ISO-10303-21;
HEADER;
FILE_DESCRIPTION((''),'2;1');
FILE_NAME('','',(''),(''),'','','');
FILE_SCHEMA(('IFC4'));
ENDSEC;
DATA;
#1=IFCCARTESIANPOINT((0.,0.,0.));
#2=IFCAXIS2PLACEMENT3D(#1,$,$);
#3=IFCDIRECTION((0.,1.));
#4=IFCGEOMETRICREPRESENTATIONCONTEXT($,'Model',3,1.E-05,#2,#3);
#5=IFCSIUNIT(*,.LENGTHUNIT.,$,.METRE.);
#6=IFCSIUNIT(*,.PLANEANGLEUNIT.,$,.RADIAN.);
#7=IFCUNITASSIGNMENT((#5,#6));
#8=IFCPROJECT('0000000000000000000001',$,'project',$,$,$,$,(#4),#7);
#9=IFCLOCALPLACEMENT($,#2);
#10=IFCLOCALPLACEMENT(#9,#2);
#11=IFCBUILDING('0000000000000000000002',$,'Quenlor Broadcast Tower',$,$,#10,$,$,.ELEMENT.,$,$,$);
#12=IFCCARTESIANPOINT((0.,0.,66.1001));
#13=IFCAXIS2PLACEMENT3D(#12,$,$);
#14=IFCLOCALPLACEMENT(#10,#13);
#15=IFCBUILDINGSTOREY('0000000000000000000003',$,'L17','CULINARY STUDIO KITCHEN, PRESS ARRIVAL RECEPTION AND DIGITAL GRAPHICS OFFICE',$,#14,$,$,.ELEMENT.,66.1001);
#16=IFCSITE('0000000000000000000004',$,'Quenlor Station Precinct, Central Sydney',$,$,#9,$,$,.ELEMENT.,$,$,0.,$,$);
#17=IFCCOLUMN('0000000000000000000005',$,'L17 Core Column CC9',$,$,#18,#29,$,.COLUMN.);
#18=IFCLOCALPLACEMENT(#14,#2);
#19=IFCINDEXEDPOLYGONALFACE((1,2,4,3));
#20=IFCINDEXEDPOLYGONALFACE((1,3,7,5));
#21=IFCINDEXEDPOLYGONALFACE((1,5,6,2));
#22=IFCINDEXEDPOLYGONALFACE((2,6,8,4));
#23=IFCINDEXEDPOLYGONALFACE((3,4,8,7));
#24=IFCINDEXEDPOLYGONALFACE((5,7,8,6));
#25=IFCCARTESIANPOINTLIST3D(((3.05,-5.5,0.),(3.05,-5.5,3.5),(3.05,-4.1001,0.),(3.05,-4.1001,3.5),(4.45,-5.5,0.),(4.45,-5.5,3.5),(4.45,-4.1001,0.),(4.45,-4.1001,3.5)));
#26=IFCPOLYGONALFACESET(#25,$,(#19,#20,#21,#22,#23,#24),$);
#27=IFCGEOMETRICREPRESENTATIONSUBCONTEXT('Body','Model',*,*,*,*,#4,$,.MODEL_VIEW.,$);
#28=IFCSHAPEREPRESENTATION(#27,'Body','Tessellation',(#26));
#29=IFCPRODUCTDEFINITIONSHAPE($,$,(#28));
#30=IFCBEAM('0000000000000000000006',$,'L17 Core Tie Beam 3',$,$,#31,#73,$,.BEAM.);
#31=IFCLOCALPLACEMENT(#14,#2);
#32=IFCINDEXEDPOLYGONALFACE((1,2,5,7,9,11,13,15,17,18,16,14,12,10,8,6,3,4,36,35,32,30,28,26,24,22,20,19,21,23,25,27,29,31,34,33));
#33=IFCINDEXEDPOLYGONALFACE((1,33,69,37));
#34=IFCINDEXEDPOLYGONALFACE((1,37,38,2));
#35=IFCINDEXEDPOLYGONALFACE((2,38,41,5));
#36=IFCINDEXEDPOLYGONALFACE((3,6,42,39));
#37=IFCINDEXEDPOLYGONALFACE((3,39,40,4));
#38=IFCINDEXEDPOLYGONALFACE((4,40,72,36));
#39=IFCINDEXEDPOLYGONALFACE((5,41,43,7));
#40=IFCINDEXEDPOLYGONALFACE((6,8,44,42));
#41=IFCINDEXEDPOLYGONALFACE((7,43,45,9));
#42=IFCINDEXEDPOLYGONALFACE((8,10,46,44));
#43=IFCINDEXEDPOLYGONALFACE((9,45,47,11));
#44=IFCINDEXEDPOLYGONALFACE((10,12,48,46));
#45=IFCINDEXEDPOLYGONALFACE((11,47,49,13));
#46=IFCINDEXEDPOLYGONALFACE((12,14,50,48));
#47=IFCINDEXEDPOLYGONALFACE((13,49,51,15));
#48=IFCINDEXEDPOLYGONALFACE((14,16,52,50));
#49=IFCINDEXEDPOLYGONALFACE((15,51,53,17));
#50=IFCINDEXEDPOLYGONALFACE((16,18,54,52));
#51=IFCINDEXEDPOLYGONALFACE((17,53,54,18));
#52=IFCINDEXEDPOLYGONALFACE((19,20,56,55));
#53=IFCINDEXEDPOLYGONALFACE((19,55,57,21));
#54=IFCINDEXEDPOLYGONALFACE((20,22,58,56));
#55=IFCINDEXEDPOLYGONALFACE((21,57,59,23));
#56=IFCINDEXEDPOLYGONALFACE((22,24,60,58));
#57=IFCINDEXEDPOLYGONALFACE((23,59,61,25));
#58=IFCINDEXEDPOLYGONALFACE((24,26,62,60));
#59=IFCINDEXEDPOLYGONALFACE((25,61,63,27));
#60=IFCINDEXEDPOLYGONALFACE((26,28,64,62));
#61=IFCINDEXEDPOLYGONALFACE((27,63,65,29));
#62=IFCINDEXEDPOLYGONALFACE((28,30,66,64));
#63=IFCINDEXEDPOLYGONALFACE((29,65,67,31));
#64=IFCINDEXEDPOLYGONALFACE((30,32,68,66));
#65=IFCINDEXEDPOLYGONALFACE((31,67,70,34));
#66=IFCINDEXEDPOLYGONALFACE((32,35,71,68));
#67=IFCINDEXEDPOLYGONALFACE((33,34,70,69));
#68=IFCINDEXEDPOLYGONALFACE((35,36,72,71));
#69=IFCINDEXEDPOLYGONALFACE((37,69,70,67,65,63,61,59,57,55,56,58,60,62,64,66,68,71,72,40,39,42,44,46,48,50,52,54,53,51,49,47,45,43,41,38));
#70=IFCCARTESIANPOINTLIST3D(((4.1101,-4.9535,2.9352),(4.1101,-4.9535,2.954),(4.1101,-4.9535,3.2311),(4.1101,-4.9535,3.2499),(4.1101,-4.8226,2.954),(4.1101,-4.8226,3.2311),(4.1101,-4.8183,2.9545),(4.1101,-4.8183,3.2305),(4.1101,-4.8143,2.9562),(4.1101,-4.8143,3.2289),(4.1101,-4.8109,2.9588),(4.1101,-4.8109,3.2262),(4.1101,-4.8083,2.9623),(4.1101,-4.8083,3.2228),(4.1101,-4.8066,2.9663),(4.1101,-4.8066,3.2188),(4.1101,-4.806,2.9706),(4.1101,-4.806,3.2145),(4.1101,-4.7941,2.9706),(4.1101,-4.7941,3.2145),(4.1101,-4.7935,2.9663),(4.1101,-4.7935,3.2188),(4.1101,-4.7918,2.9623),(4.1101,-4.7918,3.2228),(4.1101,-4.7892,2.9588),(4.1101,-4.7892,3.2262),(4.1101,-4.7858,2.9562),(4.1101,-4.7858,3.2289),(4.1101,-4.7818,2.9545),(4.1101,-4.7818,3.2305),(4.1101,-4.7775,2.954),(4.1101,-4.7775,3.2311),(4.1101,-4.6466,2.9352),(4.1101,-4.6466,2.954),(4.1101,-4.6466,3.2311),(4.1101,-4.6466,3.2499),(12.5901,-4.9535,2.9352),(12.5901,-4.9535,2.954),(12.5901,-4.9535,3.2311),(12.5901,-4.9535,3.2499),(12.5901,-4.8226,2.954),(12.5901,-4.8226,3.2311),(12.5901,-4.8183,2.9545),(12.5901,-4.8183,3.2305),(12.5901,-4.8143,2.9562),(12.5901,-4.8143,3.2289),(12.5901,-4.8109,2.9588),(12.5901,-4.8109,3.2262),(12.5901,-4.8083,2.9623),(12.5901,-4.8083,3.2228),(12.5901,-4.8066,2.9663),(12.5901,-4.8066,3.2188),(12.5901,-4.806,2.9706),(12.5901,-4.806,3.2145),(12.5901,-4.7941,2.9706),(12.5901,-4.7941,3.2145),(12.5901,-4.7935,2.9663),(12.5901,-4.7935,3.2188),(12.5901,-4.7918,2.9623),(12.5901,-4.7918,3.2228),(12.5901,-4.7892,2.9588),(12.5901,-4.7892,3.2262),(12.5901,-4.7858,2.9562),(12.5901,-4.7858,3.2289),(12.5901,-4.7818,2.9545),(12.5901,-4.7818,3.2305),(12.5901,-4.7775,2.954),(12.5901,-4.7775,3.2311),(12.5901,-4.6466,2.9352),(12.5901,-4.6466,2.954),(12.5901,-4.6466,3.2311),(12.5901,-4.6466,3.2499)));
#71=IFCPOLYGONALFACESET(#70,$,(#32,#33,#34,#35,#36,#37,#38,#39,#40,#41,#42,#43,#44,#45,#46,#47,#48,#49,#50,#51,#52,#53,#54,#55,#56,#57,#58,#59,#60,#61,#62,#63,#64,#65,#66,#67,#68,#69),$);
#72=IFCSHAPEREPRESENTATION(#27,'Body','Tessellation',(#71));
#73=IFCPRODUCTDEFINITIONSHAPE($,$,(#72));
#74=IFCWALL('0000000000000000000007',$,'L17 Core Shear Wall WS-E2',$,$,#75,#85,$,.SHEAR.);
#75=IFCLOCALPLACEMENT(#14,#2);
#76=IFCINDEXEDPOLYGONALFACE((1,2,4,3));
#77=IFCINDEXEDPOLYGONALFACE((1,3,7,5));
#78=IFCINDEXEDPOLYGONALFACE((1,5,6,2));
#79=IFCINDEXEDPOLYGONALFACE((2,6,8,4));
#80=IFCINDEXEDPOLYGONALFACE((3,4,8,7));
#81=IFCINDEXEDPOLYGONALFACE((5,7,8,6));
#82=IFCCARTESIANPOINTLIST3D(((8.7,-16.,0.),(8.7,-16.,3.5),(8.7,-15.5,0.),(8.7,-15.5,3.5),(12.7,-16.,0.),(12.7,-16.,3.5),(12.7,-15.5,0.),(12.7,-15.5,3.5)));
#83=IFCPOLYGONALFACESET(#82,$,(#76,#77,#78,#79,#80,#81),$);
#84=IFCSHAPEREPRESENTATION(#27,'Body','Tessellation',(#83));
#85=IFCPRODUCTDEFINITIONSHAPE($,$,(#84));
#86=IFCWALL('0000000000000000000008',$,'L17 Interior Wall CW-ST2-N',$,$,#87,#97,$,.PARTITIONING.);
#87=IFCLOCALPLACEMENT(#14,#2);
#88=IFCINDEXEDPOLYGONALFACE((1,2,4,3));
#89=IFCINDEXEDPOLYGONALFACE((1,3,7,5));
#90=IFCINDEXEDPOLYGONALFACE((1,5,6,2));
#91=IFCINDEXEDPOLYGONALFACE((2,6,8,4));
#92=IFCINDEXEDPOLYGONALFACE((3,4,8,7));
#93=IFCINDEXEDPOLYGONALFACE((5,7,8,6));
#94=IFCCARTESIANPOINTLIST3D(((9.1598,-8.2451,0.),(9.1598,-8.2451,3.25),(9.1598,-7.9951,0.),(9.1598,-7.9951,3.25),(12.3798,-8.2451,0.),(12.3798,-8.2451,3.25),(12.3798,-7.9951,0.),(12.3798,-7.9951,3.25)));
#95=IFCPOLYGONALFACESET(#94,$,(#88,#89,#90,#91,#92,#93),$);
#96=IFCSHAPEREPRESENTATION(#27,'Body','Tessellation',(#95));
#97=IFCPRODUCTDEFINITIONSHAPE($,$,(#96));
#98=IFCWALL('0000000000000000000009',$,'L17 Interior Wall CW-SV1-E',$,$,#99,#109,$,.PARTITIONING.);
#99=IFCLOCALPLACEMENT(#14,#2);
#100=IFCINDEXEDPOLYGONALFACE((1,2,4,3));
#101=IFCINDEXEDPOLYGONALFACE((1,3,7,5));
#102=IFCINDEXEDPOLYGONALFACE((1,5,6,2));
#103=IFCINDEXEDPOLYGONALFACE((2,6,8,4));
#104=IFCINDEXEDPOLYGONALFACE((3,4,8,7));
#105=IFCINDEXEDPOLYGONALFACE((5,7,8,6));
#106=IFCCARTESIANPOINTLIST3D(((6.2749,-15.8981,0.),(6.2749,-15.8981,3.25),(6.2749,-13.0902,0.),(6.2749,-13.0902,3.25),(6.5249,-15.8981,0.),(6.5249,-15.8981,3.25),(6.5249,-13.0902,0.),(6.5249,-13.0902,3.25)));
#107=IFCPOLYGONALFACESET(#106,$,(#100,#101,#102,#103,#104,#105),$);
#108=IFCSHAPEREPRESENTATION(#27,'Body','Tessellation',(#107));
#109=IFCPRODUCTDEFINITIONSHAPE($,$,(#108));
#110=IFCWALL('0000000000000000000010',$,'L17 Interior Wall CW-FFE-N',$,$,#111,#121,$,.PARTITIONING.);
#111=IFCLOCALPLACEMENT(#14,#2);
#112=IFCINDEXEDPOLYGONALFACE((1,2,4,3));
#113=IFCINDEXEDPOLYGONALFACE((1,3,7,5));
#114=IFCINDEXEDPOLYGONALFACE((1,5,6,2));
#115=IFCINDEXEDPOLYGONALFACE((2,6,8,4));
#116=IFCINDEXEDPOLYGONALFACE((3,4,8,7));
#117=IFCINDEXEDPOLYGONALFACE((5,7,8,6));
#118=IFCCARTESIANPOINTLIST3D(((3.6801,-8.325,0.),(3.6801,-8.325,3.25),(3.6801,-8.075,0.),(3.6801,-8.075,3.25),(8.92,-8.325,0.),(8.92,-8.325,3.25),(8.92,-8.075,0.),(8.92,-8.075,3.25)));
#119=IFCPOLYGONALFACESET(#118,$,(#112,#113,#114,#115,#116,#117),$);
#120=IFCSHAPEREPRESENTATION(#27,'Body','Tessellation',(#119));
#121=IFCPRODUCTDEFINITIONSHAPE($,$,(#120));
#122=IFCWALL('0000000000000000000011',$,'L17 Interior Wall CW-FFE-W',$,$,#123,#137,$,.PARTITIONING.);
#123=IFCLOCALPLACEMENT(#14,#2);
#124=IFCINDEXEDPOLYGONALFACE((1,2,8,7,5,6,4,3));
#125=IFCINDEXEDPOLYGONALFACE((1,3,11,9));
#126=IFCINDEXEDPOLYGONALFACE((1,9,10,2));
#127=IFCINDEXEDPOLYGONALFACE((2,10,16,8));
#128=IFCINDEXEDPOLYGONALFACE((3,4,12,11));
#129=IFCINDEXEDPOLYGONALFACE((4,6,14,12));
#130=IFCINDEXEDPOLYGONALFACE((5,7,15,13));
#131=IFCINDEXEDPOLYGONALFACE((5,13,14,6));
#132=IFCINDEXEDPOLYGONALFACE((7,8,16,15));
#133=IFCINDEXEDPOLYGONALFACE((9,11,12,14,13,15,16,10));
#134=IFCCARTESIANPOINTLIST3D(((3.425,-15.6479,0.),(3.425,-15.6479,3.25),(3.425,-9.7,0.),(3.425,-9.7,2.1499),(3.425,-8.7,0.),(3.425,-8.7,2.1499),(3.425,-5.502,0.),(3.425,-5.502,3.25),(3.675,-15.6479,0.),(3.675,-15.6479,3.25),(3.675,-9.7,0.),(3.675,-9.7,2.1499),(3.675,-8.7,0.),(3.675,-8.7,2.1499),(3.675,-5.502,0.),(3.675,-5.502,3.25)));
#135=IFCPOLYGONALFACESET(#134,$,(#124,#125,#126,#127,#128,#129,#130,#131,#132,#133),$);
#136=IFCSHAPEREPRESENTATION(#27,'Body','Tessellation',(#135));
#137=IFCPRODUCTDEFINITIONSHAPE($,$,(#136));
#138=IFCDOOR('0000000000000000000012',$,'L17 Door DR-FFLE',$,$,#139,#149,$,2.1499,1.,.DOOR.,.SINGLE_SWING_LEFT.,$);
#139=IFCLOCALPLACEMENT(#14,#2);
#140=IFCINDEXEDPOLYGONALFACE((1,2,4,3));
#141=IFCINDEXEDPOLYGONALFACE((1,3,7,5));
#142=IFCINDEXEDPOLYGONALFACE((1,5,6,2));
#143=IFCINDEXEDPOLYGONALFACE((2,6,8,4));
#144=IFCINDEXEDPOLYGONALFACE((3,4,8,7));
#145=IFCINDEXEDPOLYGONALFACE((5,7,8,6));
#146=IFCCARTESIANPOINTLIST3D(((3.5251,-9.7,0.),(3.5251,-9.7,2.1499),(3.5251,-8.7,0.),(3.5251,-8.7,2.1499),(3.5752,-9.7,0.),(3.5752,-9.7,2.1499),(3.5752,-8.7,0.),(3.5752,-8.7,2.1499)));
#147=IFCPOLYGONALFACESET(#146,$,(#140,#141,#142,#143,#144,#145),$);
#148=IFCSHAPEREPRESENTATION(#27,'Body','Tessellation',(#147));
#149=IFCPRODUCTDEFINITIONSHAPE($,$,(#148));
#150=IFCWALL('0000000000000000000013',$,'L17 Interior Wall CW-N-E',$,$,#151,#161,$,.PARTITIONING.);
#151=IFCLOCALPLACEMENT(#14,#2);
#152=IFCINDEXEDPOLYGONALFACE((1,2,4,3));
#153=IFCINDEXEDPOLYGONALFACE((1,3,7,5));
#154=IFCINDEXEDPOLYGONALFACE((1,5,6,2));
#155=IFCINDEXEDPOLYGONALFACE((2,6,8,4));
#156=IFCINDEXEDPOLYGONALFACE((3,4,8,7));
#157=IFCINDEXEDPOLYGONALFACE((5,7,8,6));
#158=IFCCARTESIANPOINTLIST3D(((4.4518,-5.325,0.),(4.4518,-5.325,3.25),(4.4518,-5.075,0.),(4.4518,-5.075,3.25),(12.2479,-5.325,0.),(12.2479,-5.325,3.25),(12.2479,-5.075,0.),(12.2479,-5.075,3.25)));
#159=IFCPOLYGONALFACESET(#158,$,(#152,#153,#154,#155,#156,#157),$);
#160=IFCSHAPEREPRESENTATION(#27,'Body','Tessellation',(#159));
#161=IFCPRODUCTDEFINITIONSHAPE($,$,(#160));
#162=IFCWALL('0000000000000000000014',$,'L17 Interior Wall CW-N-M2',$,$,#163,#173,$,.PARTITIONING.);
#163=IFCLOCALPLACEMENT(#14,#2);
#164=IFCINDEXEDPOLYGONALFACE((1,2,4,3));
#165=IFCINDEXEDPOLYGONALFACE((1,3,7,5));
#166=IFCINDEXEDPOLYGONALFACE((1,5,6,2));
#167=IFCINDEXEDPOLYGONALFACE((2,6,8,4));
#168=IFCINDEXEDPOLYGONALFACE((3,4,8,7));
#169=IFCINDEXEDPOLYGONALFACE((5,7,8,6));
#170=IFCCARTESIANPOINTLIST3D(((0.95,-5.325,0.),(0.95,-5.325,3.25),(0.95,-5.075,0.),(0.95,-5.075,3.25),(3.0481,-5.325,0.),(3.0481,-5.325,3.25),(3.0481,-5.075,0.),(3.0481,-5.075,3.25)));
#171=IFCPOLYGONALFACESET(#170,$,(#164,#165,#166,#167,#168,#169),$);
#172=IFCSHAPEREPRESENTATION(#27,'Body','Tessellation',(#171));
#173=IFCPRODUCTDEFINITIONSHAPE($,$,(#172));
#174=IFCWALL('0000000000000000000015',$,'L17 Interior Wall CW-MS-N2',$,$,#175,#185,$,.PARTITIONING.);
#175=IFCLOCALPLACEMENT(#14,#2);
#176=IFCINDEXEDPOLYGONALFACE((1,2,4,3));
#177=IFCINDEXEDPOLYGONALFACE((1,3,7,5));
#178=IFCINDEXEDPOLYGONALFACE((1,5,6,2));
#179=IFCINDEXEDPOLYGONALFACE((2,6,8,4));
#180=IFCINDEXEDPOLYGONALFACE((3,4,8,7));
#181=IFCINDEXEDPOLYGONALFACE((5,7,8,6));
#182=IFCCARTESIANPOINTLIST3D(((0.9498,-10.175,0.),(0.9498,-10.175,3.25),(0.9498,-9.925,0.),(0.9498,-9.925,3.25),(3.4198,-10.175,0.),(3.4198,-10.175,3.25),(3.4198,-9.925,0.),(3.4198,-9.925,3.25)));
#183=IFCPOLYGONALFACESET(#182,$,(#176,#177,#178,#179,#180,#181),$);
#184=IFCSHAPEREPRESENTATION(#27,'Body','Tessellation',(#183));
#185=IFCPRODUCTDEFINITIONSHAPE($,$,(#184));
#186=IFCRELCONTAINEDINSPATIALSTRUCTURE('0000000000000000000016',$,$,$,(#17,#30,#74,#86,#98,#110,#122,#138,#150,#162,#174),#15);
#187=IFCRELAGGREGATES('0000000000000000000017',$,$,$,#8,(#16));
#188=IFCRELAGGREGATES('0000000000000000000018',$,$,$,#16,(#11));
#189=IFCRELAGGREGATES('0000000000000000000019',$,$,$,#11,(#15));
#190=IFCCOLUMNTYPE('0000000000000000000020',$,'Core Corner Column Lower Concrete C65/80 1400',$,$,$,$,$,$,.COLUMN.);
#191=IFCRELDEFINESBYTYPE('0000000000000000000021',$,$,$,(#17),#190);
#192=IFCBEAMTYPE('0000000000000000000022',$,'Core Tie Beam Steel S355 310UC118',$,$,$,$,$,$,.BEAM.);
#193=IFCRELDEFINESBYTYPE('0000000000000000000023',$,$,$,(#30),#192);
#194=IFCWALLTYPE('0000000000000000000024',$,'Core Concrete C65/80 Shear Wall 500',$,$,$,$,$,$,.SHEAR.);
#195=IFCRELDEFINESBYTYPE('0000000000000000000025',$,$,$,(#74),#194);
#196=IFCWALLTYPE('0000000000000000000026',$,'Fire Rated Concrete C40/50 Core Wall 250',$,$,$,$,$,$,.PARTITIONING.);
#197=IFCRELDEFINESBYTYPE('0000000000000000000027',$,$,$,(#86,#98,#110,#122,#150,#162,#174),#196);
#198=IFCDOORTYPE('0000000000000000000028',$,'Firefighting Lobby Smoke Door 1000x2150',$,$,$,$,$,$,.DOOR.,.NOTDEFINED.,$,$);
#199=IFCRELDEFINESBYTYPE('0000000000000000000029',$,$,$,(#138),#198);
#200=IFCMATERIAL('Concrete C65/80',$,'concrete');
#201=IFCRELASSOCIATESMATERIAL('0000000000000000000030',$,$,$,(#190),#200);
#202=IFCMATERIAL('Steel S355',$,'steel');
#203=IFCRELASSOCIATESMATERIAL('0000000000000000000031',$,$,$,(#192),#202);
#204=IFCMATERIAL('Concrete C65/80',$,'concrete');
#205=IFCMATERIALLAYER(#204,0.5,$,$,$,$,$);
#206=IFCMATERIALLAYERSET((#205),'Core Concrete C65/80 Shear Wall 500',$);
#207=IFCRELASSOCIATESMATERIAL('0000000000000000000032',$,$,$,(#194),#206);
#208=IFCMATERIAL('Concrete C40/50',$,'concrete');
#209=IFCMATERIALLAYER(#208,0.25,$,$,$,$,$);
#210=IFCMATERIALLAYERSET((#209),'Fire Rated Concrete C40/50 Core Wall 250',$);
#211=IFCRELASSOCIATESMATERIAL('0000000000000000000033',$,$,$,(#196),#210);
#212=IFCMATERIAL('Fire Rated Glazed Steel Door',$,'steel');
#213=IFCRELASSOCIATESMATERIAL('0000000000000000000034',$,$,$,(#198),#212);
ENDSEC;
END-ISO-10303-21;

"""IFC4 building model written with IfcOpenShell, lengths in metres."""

from ifc_helpers import new_model, si_unit, direction, frame, frame_2d, origin, origin_2d, place, context, subcontext, project, spatial, rectangle, i_section, extrude, material, layer, layer_set, material_profile, profile_set, type_object, element, fill, save


model = new_model("IFC4")

# Units and contexts
model_context = context("Model", 3, precision=1e-05, world=origin(), true_north=direction((0.0, 1.0)))
body_context = subcontext(model_context, "Body", "Model", "MODEL_VIEW")
ifc_project = project(units=[si_unit("LENGTHUNIT", "METRE"), si_unit("PLANEANGLEUNIT", "RADIAN")], contexts=[model_context])

# Site, building, storey
site_placement = place(None, origin())
site = spatial("IfcSite", under=ifc_project, at=site_placement, Name="Quenlor Station Precinct, Central Sydney", CompositionType="ELEMENT", RefElevation=0.0)
building_placement = place(site_placement, origin())
building = spatial("IfcBuilding", under=site, at=building_placement, Name="Quenlor Broadcast Tower", CompositionType="ELEMENT")
storey_placement = place(building_placement, frame((0.0, 0.0, 66.1001)))
storey = spatial("IfcBuildingStorey", under=building, at=storey_placement, Name="L17", Description="CULINARY STUDIO KITCHEN, PRESS ARRIVAL RECEPTION AND DIGITAL GRAPHICS OFFICE", CompositionType="ELEMENT", Elevation=66.1001)

# Column
ifc_material_1 = material(Name="Concrete C65/80", Category="concrete")
ifc_material_profile_1 = material_profile(ifc_material_1, rectangle(XDim=1.3999, YDim=1.3999, at=origin_2d()))
ifc_profile_set_1 = profile_set([ifc_material_profile_1], Name="Concrete C65/80 RC1400x1400")
column_type = type_object("IfcColumnType", Name="Core Corner Column Lower Concrete C65/80 1400", PredefinedType="COLUMN", material=ifc_profile_set_1)
column_placement = place(storey_placement, frame((3.75, -4.8, 0.0), z_axis=(0.0, 0.0, 1.0), x_axis=(1.0, 0.0, 0.0)))
element("IfcColumn", 1, at=column_placement, inside=storey, type_object=column_type, Name="L17 Core Column CC9", PredefinedType="COLUMN", context=body_context, shape_type="SweptSolid", body=[
    extrude(rectangle(XDim=1.3999, YDim=1.3999, at=origin_2d()), origin(), (0.0, 0.0, 1.0), 3.5),
])

# Beam
ifc_material_2 = material(Name="Steel S355", Category="steel")
ifc_material_profile_2 = material_profile(ifc_material_2, i_section(OverallWidth=0.3069, OverallDepth=0.3147, WebThickness=0.012, FlangeThickness=0.0188, FilletRadius=0.0166, at=origin_2d()))
ifc_profile_set_2 = profile_set([ifc_material_profile_2], Name="Steel S355 310UC118")
beam_type = type_object("IfcBeamType", Name="Core Tie Beam Steel S355 310UC118", PredefinedType="BEAM", material=ifc_profile_set_2)
beam_placement = place(storey_placement, frame((4.1101, -4.8, 3.0925), z_axis=(1.0, 0.0, 0.0), x_axis=(0.0, 1.0, 0.0)))
element("IfcBeam", 2, at=beam_placement, inside=storey, type_object=beam_type, Name="L17 Core Tie Beam 3", PredefinedType="BEAM", context=body_context, shape_type="SweptSolid", body=[
    extrude(i_section(OverallWidth=0.3069, OverallDepth=0.3147, WebThickness=0.012, FlangeThickness=0.0188, FilletRadius=0.0166, at=origin_2d()), origin(), (0.0, 0.0, 1.0), 8.48),
])

# Wall
ifc_material_3 = material(Name="Concrete C65/80", Category="concrete")
ifc_layer_1 = layer(ifc_material_3, 0.5)
ifc_layer_set_1 = layer_set([ifc_layer_1], Name="Core Concrete C65/80 Shear Wall 500")
wall_type_1 = type_object("IfcWallType", Name="Core Concrete C65/80 Shear Wall 500", PredefinedType="SHEAR", material=ifc_layer_set_1)
wall_1_placement = place(storey_placement, frame((8.7, -15.75, 0.0), z_axis=(0.0, 0.0, 1.0), x_axis=(1.0, 0.0, 0.0)))
element("IfcWall", 3, at=wall_1_placement, inside=storey, type_object=wall_type_1, Name="L17 Core Shear Wall WS-E2", PredefinedType="SHEAR", context=body_context, shape_type="SweptSolid", body=[
    extrude(rectangle(XDim=4.0, YDim=0.5, at=frame_2d((2.0, 0.0))), origin(), (0.0, 0.0, 1.0), 3.5),
])

# Shared definitions
ifc_material_4 = material(Name="Concrete C40/50", Category="concrete")
ifc_layer_2 = layer(ifc_material_4, 0.25)
ifc_layer_set_2 = layer_set([ifc_layer_2], Name="Fire Rated Concrete C40/50 Core Wall 250")
wall_type_2 = type_object("IfcWallType", Name="Fire Rated Concrete C40/50 Core Wall 250", PredefinedType="PARTITIONING", material=ifc_layer_set_2)

# Wall
wall_2_placement = place(storey_placement, frame((9.1599, -8.1201, 0.0), z_axis=(0.0, 0.0, 1.0), x_axis=(1.0, 0.0, 0.0)))
element("IfcWall", 4, at=wall_2_placement, inside=storey, type_object=wall_type_2, Name="L17 Interior Wall CW-ST2-N", PredefinedType="PARTITIONING", context=body_context, shape_type="SweptSolid", body=[
    extrude(rectangle(XDim=3.22, YDim=0.25, at=frame_2d((1.6099, 0.0))), origin(), (0.0, 0.0, 1.0), 3.25),
])

# Walls
wall_3_placement = place(storey_placement, frame((6.3999, -15.8979, 0.0), z_axis=(0.0, 0.0, 1.0), x_axis=(0.0, 1.0, 0.0)))
element("IfcWall", 5, at=wall_3_placement, inside=storey, type_object=wall_type_2, Name="L17 Interior Wall CW-SV1-E", PredefinedType="PARTITIONING", context=body_context, shape_type="SweptSolid", body=[
    extrude(rectangle(XDim=2.8079, YDim=0.25, at=frame_2d((1.4038, 0.0))), origin(), (0.0, 0.0, 1.0), 3.25),
])
wall_4_placement = place(storey_placement, frame((3.6799, -8.2, 0.0), z_axis=(0.0, 0.0, 1.0), x_axis=(1.0, 0.0, 0.0)))
element("IfcWall", 6, at=wall_4_placement, inside=storey, type_object=wall_type_2, Name="L17 Interior Wall CW-FFE-N", PredefinedType="PARTITIONING", context=body_context, shape_type="SweptSolid", body=[
    extrude(rectangle(XDim=5.24, YDim=0.25, at=frame_2d((2.6201, 0.0))), origin(), (0.0, 0.0, 1.0), 3.25),
])

# Wall, opening, door
wall_5_placement = place(storey_placement, frame((3.55, -15.6479, 0.0), z_axis=(0.0, 0.0, 1.0), x_axis=(0.0, 1.0, 0.0)))
wall_5 = element("IfcWall", 7, at=wall_5_placement, inside=storey, type_object=wall_type_2, Name="L17 Interior Wall CW-FFE-W", PredefinedType="PARTITIONING", context=body_context, shape_type="SweptSolid", body=[
    extrude(rectangle(XDim=10.146, YDim=0.25, at=frame_2d((5.073, 0.0))), origin(), (0.0, 0.0, 1.0), 3.25),
])
opening_1_placement = place(wall_5_placement, frame((5.948, 0.0, 0.0)))
opening_1 = element("IfcOpeningElement", 8, at=opening_1_placement, cuts=wall_5, PredefinedType="OPENING", context=body_context, shape_type="SweptSolid", body=[
    extrude(rectangle(XDim=1.0, YDim=2.1499, at=frame_2d((0.5, 1.075))), frame((0.0, 0.135, 0.0), z_axis=(0.0, -1.0, 0.0), x_axis=(1.0, 0.0, 0.0)), (0.0, 0.0, 1.0), 0.27),
])
ifc_material_5 = material(Name="Fire Rated Glazed Steel Door", Category="steel")
door_type_1 = type_object("IfcDoorType", Name="Firefighting Lobby Smoke Door 1000x2150", OperationType="NOTDEFINED", PredefinedType="DOOR", material=ifc_material_5)
door_1_placement = place(opening_1_placement, origin())
door_1 = element("IfcDoor", 9, at=door_1_placement, inside=storey, type_object=door_type_1, Name="L17 Door DR-FFLE", OperationType="SINGLE_SWING_LEFT", OverallHeight=2.1499, OverallWidth=1.0, PredefinedType="DOOR", context=body_context, shape_type="SweptSolid", body=[
    extrude(rectangle(XDim=1.0, YDim=2.1499, at=frame_2d((0.5, 1.075))), frame((0.0, 0.0249, 0.0), z_axis=(0.0, -1.0, 0.0), x_axis=(1.0, 0.0, 0.0)), (0.0, 0.0, 1.0), 0.05),
])
fill(opening_1, door_1)

# Walls
wall_6_placement = place(storey_placement, frame((4.4519, -5.2, 0.0), z_axis=(0.0, 0.0, 1.0), x_axis=(1.0, 0.0, 0.0)))
element("IfcWall", 10, at=wall_6_placement, inside=storey, type_object=wall_type_2, Name="L17 Interior Wall CW-N-E", PredefinedType="PARTITIONING", context=body_context, shape_type="SweptSolid", body=[
    extrude(rectangle(XDim=7.7961, YDim=0.25, at=frame_2d((3.8979, 0.0))), origin(), (0.0, 0.0, 1.0), 3.25),
])
wall_7_placement = place(storey_placement, frame((0.95, -5.2, 0.0), z_axis=(0.0, 0.0, 1.0), x_axis=(1.0, 0.0, 0.0)))
element("IfcWall", 11, at=wall_7_placement, inside=storey, type_object=wall_type_2, Name="L17 Interior Wall CW-N-M2", PredefinedType="PARTITIONING", context=body_context, shape_type="SweptSolid", body=[
    extrude(rectangle(XDim=2.0981, YDim=0.25, at=frame_2d((1.0491, 0.0))), origin(), (0.0, 0.0, 1.0), 3.25),
])
wall_8_placement = place(storey_placement, frame((0.95, -10.05, 0.0), z_axis=(0.0, 0.0, 1.0), x_axis=(1.0, 0.0, 0.0)))
element("IfcWall", 12, at=wall_8_placement, inside=storey, type_object=wall_type_2, Name="L17 Interior Wall CW-MS-N2", PredefinedType="PARTITIONING", context=body_context, shape_type="SweptSolid", body=[
    extrude(rectangle(XDim=2.47, YDim=0.25, at=frame_2d((1.2349, 0.0))), origin(), (0.0, 0.0, 1.0), 3.25),
])

save(model, "model.ifc")
